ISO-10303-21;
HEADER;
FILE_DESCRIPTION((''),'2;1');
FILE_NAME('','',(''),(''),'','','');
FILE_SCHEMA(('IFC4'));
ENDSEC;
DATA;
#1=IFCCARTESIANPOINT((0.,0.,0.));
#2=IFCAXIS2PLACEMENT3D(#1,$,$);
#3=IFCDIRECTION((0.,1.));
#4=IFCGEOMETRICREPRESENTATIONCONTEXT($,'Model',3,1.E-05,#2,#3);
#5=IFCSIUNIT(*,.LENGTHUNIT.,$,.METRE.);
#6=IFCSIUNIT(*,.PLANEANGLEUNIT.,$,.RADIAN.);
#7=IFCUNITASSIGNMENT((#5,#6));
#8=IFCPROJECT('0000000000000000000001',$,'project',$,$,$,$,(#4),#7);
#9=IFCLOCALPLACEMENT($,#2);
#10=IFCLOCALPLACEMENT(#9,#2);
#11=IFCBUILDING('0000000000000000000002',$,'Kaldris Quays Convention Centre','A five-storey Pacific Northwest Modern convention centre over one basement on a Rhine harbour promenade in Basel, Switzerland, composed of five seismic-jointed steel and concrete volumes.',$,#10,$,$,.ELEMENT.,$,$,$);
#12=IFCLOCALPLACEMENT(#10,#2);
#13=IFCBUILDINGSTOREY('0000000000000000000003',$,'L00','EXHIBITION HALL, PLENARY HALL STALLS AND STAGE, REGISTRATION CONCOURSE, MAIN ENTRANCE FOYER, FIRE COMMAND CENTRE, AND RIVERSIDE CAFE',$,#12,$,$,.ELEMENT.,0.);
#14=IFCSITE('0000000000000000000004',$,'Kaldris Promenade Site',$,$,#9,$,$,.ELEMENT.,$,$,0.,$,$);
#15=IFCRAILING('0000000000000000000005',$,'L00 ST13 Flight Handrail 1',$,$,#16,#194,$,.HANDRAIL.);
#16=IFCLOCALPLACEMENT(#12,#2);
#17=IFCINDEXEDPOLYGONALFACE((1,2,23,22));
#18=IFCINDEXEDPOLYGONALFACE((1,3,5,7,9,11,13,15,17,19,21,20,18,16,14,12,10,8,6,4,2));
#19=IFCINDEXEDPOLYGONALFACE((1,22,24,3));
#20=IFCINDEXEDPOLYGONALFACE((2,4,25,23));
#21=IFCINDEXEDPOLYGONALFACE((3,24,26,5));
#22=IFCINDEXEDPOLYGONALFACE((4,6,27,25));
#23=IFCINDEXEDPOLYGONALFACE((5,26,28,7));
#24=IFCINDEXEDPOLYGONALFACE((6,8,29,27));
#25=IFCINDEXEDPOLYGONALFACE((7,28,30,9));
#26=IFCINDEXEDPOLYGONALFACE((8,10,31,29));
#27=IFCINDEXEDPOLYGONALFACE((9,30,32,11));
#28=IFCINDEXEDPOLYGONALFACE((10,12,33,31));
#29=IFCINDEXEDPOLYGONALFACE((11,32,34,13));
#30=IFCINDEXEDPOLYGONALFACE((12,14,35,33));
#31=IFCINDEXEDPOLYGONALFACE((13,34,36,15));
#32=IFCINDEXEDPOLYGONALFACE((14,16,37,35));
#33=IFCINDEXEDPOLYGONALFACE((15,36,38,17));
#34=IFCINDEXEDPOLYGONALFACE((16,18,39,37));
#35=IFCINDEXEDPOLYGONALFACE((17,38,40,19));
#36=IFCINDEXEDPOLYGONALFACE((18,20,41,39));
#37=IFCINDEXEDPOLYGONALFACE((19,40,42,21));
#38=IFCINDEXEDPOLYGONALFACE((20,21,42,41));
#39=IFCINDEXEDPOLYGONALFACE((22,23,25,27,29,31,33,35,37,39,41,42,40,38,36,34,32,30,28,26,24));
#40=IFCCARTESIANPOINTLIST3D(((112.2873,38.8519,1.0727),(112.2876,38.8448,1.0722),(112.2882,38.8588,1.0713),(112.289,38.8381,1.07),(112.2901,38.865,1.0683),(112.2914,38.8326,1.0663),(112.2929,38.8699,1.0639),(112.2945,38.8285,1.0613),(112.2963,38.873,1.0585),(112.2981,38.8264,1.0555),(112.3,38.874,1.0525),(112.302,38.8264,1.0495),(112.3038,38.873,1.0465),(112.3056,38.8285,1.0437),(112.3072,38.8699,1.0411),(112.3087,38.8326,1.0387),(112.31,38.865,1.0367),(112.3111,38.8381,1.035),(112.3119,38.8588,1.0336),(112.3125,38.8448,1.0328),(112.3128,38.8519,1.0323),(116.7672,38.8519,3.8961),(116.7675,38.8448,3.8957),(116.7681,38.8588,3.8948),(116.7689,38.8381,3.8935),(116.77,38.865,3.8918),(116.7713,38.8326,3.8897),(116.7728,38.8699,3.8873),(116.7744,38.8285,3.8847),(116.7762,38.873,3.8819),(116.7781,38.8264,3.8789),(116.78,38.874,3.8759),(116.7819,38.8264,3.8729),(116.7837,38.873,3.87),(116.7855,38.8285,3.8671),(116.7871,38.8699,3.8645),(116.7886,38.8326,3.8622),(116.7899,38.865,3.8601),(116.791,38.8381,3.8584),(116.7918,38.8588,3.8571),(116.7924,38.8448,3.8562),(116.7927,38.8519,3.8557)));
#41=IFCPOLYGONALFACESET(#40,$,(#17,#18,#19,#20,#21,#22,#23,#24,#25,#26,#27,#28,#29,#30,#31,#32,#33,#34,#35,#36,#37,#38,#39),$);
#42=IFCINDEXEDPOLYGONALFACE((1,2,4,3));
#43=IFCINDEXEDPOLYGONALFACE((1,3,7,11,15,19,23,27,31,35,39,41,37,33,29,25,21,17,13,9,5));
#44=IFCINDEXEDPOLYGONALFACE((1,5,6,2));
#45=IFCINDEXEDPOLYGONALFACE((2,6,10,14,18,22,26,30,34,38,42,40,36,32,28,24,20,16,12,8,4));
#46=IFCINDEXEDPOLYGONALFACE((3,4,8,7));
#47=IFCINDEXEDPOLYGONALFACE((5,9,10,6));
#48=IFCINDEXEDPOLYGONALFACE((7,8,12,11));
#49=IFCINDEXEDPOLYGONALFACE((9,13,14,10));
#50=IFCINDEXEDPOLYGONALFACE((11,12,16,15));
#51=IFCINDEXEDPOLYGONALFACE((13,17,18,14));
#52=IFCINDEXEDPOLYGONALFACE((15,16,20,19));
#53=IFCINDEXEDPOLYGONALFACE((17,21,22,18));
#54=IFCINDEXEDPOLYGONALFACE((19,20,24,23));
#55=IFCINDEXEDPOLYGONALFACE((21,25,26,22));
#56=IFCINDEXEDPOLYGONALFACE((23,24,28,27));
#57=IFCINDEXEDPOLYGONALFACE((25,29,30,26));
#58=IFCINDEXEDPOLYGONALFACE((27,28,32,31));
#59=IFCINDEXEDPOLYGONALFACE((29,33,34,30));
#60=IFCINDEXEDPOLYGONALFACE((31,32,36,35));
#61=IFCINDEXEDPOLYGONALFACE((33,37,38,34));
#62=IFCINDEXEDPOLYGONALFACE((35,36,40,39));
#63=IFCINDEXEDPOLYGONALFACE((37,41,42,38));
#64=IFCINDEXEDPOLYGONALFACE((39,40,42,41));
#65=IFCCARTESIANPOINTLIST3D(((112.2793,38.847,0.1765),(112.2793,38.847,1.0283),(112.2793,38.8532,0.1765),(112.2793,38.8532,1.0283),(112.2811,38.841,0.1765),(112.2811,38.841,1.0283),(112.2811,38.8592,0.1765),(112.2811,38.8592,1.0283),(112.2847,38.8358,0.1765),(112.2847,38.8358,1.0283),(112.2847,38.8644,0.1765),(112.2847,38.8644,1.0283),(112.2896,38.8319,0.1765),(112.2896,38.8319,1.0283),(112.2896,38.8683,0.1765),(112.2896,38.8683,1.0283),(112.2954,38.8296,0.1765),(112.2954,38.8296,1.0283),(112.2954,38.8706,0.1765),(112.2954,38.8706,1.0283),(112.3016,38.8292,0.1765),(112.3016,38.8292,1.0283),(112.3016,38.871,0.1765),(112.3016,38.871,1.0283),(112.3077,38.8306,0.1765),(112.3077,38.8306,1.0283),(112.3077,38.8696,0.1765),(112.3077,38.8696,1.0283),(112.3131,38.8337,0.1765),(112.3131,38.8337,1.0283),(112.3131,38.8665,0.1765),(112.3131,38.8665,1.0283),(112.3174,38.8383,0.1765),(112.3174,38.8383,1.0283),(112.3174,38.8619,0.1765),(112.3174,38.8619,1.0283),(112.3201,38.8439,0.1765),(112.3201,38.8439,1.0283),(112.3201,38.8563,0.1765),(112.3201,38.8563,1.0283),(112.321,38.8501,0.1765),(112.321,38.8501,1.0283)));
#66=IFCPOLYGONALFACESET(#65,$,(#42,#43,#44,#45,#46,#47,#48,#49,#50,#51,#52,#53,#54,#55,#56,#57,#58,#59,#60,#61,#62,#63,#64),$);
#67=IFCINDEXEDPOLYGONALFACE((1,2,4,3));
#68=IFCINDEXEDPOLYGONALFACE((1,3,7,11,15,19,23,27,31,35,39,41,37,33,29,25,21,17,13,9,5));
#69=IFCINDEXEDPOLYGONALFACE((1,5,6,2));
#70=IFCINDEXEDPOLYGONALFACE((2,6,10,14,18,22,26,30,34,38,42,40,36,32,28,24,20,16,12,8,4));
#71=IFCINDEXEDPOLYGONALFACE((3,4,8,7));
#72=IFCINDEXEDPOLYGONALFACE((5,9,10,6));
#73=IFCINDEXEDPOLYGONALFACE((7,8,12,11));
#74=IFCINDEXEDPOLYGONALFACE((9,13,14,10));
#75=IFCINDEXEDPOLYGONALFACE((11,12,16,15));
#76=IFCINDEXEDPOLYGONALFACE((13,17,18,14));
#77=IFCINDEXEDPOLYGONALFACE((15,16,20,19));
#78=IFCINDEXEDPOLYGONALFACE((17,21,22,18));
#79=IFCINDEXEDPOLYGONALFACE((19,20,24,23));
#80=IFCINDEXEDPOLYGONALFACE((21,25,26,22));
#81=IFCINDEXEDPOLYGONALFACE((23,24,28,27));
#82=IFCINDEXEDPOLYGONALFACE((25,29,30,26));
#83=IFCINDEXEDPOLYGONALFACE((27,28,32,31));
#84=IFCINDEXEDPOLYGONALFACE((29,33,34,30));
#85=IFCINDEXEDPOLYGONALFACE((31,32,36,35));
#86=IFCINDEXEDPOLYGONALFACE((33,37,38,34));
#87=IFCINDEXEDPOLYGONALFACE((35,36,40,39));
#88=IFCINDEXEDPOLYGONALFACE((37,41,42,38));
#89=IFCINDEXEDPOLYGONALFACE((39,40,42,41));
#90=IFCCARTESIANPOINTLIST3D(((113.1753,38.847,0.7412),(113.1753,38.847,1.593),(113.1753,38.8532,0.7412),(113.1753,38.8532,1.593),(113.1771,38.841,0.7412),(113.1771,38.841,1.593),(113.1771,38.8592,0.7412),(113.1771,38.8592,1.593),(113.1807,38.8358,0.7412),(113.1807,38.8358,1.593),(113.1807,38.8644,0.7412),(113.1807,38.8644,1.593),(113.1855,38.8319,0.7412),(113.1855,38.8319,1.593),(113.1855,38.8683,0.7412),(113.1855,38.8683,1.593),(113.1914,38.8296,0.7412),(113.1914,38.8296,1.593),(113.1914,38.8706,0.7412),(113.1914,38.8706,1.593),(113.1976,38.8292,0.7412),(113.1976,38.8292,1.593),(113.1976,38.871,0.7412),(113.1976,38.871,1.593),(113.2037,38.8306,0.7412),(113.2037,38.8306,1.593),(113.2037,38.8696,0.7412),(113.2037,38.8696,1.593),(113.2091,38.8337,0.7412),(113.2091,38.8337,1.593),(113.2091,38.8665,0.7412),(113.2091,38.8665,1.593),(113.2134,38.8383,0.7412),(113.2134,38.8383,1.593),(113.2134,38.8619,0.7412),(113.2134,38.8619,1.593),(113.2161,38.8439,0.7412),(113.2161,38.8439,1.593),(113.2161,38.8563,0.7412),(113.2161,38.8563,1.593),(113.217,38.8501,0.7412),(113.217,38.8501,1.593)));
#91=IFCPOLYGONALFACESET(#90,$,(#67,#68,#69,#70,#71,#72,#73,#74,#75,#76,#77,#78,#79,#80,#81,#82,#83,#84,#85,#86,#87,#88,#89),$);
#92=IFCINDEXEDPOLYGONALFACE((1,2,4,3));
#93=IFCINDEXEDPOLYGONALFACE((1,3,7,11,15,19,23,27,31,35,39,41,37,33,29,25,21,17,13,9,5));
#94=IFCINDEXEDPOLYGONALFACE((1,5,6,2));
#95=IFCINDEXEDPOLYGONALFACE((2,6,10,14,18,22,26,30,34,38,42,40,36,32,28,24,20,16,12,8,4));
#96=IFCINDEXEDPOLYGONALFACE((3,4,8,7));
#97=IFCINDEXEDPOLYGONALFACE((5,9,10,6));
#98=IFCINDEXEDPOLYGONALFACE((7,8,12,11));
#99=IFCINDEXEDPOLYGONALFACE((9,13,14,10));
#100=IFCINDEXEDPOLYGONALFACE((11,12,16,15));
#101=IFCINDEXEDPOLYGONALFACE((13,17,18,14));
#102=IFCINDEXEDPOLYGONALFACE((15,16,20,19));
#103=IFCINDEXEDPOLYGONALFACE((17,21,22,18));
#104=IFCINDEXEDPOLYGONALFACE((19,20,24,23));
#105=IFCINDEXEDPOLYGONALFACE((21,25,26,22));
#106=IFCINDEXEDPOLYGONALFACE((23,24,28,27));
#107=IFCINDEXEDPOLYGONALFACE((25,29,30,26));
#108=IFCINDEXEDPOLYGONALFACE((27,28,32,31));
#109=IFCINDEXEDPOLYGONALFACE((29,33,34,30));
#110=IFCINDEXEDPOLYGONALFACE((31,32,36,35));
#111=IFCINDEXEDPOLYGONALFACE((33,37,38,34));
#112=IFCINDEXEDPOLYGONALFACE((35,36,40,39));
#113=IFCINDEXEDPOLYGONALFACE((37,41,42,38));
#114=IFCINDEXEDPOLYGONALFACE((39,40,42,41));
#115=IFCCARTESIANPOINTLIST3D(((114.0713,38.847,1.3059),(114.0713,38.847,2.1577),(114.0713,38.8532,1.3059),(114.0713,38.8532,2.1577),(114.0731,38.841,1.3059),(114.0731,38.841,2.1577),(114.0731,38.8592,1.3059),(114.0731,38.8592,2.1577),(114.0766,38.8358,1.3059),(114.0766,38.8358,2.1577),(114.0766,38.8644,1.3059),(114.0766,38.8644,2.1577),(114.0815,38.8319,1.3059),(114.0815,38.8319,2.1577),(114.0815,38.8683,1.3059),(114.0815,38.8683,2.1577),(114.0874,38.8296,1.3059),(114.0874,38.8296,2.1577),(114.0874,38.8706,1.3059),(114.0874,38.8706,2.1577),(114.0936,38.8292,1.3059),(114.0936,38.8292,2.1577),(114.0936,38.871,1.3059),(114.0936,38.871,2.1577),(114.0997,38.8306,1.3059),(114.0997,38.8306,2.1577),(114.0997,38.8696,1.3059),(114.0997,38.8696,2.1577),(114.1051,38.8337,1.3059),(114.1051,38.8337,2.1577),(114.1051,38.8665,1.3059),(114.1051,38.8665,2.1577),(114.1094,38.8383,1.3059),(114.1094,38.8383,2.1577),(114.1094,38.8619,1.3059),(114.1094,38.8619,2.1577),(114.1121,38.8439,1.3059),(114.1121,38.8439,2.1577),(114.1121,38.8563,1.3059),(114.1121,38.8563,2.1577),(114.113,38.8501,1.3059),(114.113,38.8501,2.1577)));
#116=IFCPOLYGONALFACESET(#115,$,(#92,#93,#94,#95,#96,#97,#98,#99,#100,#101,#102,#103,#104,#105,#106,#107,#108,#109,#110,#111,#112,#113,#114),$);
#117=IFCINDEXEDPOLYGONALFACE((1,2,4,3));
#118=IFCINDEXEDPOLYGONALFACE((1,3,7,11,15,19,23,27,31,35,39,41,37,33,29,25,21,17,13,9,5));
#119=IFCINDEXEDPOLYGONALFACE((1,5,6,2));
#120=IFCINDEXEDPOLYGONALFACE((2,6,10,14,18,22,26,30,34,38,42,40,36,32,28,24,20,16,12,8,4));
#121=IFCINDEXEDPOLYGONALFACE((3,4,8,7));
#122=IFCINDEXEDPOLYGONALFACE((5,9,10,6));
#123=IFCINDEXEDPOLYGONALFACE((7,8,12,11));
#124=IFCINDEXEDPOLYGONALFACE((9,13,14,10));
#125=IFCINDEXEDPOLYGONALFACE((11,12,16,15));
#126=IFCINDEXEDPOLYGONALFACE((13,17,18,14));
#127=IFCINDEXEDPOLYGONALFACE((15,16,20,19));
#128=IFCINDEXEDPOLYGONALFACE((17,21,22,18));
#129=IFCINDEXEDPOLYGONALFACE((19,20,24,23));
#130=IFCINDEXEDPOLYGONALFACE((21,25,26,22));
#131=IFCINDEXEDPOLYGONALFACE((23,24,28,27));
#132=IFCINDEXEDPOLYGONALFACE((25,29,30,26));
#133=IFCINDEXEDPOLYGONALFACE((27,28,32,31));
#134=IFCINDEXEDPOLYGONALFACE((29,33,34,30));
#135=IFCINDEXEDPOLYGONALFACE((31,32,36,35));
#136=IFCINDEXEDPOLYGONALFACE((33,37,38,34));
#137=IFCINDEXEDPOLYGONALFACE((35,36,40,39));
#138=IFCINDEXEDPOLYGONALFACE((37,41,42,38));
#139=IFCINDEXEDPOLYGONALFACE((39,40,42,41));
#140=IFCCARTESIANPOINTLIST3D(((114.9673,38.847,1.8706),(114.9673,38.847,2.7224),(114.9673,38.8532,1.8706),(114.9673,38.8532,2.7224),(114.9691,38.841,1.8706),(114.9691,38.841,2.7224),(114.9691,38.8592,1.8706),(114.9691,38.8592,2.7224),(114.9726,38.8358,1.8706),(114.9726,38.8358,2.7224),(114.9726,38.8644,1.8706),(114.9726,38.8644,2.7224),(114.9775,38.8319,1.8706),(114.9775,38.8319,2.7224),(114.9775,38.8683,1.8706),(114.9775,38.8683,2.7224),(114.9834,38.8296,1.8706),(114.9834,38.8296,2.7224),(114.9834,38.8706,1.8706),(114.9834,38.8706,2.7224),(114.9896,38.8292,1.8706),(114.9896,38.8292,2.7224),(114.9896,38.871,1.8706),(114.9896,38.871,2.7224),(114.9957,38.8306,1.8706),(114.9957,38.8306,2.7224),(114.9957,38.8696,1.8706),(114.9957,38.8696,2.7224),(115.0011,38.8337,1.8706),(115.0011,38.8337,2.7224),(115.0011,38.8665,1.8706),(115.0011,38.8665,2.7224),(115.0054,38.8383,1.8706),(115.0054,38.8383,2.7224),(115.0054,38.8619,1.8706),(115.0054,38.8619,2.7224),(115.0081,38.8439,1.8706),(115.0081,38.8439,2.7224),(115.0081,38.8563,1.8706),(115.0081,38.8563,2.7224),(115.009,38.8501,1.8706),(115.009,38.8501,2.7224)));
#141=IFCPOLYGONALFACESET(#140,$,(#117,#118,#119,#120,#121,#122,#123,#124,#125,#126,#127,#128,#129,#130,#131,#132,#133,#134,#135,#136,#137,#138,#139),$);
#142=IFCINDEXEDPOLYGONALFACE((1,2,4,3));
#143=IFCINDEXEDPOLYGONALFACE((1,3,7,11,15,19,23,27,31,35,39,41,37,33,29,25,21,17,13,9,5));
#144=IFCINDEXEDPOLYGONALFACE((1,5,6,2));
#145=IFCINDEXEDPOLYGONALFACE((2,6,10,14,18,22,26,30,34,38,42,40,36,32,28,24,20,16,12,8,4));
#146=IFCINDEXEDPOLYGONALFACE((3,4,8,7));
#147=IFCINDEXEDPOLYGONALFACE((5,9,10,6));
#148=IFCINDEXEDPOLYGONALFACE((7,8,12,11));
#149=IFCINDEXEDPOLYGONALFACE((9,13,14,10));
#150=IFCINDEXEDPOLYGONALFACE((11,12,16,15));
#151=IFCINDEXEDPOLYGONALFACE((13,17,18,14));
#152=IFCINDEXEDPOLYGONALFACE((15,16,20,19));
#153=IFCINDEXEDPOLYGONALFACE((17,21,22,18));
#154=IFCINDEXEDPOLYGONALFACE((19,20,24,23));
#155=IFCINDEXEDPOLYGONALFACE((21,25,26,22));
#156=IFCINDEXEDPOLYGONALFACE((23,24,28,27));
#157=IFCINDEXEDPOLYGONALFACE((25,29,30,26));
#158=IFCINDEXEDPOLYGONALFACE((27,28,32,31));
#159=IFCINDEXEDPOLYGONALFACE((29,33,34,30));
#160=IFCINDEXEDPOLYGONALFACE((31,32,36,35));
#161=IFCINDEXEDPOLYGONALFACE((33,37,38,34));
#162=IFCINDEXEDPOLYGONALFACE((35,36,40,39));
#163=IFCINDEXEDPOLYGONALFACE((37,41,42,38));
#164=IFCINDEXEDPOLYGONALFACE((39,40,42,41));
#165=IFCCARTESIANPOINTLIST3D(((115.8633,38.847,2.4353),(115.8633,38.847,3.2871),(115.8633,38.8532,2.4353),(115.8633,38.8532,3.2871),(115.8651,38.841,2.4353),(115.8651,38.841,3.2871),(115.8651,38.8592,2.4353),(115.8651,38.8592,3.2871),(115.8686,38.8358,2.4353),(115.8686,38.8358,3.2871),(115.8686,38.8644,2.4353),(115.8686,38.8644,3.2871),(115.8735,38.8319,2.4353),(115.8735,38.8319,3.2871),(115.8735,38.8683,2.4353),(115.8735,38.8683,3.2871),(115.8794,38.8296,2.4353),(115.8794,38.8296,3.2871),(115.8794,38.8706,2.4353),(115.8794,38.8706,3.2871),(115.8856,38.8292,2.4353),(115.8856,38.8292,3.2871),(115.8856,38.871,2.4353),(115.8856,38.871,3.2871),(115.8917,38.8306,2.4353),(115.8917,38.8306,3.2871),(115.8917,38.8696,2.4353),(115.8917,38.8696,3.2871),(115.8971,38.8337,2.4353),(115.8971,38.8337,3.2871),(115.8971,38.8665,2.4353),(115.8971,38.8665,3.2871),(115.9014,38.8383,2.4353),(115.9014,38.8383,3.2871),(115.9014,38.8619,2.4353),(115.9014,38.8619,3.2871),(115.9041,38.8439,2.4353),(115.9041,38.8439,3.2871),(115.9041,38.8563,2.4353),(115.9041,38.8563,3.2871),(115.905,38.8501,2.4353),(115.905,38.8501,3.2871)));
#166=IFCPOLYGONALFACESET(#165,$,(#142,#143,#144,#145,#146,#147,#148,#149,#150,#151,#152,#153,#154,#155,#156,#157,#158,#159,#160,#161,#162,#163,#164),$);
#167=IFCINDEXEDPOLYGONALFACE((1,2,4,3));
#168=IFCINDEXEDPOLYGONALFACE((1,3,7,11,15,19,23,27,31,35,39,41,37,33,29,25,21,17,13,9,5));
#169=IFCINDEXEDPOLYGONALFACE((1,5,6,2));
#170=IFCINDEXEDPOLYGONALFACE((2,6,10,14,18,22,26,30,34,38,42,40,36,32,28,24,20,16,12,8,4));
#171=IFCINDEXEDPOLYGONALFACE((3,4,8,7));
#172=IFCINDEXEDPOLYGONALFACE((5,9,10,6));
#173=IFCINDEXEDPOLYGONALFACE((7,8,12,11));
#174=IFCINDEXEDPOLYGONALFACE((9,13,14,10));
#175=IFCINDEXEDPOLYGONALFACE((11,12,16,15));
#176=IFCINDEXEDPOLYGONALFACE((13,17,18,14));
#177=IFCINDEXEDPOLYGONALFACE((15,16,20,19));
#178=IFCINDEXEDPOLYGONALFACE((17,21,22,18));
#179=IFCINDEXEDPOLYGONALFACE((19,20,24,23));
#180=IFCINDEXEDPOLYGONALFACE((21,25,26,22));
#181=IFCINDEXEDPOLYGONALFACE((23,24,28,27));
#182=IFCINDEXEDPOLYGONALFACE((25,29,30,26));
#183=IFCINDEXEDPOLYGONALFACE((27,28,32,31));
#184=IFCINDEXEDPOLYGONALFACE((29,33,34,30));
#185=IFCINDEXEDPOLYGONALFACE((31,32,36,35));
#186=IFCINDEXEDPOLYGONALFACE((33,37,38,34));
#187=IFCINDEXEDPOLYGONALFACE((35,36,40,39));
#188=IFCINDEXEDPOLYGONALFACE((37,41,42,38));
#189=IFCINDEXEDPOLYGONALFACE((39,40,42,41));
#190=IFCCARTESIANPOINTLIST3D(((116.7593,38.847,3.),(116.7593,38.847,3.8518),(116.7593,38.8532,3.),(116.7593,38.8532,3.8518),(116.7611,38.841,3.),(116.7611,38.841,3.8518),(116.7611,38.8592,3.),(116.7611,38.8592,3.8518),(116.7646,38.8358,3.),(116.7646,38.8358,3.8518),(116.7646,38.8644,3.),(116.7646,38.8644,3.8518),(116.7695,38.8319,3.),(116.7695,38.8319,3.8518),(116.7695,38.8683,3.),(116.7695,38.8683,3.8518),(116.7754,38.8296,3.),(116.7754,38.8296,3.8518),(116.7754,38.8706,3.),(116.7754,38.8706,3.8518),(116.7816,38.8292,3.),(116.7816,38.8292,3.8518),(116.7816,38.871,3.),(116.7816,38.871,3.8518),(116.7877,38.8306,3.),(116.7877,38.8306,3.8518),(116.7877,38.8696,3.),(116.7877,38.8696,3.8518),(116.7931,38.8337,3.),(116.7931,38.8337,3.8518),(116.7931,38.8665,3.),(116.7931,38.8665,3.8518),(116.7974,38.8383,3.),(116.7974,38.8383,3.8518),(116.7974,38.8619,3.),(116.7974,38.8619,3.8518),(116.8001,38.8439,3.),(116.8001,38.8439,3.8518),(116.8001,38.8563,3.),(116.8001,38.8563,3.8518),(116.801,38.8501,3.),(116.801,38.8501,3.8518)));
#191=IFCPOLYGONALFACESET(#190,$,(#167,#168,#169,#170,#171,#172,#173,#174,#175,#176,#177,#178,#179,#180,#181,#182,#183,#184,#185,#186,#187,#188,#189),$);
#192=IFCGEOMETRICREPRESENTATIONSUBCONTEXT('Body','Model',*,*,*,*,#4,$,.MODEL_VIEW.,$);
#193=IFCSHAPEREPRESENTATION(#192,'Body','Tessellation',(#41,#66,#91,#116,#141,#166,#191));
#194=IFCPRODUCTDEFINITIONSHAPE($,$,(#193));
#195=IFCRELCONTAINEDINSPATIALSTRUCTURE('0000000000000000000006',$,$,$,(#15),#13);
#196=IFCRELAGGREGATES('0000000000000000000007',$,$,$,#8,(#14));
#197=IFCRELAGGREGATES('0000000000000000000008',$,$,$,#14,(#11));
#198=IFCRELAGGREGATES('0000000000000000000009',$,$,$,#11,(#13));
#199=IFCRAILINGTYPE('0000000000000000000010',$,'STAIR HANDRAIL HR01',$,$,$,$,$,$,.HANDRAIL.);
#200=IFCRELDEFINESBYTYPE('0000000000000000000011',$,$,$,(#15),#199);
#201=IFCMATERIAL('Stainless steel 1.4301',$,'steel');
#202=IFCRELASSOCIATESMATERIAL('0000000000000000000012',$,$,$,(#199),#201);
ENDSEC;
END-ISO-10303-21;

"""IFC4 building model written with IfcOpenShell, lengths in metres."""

from ifc_helpers import new_model, si_unit, direction, frame, origin, origin_2d, place, context, subcontext, project, spatial, circle, extrude, material, type_object, element, save


model = new_model("IFC4")

# Units and contexts
model_context = context("Model", 3, precision=1e-05, world=origin(), true_north=direction((0.0, 1.0)))
body_context = subcontext(model_context, "Body", "Model", "MODEL_VIEW")
ifc_project = project(units=[si_unit("LENGTHUNIT", "METRE"), si_unit("PLANEANGLEUNIT", "RADIAN")], contexts=[model_context])

# Site, building, storey
site_placement = place(None, origin())
site = spatial("IfcSite", under=ifc_project, at=site_placement, Name="Kaldris Promenade Site", CompositionType="ELEMENT", RefElevation=0.0)
building_placement = place(site_placement, origin())
building = spatial("IfcBuilding", under=site, at=building_placement, Name="Kaldris Quays Convention Centre", Description="A five-storey Pacific Northwest Modern convention centre over one basement on a Rhine harbour promenade in Basel, Switzerland, composed of five seismic-jointed steel and concrete volumes.", CompositionType="ELEMENT")
storey_placement = place(building_placement, origin())
storey = spatial("IfcBuildingStorey", under=building, at=storey_placement, Name="L00", Description="EXHIBITION HALL, PLENARY HALL STALLS AND STAGE, REGISTRATION CONCOURSE, MAIN ENTRANCE FOYER, FIRE COMMAND CENTRE, AND RIVERSIDE CAFE", CompositionType="ELEMENT", Elevation=0.0)

# Railing
ifc_material_1 = material(Name="Stainless steel 1.4301", Category="steel")
railing_type_1 = type_object("IfcRailingType", Name="STAIR HANDRAIL HR01", PredefinedType="HANDRAIL", material=ifc_material_1)
railing_1_placement = place(storey_placement, frame((112.3, 38.8501, 0.1765)))
element("IfcRailing", 1, at=railing_1_placement, inside=storey, type_object=railing_type_1, Name="L00 ST13 Flight Handrail 1", PredefinedType="HANDRAIL", context=body_context, shape_type="SweptSolid", body=[
    extrude(circle(Radius=0.0239, at=origin_2d()), frame((0.0, 0.0, 0.876), z_axis=(0.845998, 0.0, 0.533186), x_axis=(0.0, 1.0, 0.0)), (0.0, 0.0, 1.0), 5.2954),
    extrude(circle(Radius=0.021, at=origin_2d()), origin(), (0.0, 0.0, 1.0), 0.8518),
    extrude(circle(Radius=0.021, at=origin_2d()), frame((0.896, 0.0, 0.5647)), (0.0, 0.0, 1.0), 0.8518),
    extrude(circle(Radius=0.021, at=origin_2d()), frame((1.792, 0.0, 1.1294)), (0.0, 0.0, 1.0), 0.8518),
    extrude(circle(Radius=0.021, at=origin_2d()), frame((2.688, 0.0, 1.6941)), (0.0, 0.0, 1.0), 0.8518),
    extrude(circle(Radius=0.021, at=origin_2d()), frame((3.584, 0.0, 2.2588)), (0.0, 0.0, 1.0), 0.8518),
    extrude(circle(Radius=0.021, at=origin_2d()), frame((4.48, 0.0, 2.8235)), (0.0, 0.0, 1.0), 0.8518),
])

save(model, "model.ifc")
